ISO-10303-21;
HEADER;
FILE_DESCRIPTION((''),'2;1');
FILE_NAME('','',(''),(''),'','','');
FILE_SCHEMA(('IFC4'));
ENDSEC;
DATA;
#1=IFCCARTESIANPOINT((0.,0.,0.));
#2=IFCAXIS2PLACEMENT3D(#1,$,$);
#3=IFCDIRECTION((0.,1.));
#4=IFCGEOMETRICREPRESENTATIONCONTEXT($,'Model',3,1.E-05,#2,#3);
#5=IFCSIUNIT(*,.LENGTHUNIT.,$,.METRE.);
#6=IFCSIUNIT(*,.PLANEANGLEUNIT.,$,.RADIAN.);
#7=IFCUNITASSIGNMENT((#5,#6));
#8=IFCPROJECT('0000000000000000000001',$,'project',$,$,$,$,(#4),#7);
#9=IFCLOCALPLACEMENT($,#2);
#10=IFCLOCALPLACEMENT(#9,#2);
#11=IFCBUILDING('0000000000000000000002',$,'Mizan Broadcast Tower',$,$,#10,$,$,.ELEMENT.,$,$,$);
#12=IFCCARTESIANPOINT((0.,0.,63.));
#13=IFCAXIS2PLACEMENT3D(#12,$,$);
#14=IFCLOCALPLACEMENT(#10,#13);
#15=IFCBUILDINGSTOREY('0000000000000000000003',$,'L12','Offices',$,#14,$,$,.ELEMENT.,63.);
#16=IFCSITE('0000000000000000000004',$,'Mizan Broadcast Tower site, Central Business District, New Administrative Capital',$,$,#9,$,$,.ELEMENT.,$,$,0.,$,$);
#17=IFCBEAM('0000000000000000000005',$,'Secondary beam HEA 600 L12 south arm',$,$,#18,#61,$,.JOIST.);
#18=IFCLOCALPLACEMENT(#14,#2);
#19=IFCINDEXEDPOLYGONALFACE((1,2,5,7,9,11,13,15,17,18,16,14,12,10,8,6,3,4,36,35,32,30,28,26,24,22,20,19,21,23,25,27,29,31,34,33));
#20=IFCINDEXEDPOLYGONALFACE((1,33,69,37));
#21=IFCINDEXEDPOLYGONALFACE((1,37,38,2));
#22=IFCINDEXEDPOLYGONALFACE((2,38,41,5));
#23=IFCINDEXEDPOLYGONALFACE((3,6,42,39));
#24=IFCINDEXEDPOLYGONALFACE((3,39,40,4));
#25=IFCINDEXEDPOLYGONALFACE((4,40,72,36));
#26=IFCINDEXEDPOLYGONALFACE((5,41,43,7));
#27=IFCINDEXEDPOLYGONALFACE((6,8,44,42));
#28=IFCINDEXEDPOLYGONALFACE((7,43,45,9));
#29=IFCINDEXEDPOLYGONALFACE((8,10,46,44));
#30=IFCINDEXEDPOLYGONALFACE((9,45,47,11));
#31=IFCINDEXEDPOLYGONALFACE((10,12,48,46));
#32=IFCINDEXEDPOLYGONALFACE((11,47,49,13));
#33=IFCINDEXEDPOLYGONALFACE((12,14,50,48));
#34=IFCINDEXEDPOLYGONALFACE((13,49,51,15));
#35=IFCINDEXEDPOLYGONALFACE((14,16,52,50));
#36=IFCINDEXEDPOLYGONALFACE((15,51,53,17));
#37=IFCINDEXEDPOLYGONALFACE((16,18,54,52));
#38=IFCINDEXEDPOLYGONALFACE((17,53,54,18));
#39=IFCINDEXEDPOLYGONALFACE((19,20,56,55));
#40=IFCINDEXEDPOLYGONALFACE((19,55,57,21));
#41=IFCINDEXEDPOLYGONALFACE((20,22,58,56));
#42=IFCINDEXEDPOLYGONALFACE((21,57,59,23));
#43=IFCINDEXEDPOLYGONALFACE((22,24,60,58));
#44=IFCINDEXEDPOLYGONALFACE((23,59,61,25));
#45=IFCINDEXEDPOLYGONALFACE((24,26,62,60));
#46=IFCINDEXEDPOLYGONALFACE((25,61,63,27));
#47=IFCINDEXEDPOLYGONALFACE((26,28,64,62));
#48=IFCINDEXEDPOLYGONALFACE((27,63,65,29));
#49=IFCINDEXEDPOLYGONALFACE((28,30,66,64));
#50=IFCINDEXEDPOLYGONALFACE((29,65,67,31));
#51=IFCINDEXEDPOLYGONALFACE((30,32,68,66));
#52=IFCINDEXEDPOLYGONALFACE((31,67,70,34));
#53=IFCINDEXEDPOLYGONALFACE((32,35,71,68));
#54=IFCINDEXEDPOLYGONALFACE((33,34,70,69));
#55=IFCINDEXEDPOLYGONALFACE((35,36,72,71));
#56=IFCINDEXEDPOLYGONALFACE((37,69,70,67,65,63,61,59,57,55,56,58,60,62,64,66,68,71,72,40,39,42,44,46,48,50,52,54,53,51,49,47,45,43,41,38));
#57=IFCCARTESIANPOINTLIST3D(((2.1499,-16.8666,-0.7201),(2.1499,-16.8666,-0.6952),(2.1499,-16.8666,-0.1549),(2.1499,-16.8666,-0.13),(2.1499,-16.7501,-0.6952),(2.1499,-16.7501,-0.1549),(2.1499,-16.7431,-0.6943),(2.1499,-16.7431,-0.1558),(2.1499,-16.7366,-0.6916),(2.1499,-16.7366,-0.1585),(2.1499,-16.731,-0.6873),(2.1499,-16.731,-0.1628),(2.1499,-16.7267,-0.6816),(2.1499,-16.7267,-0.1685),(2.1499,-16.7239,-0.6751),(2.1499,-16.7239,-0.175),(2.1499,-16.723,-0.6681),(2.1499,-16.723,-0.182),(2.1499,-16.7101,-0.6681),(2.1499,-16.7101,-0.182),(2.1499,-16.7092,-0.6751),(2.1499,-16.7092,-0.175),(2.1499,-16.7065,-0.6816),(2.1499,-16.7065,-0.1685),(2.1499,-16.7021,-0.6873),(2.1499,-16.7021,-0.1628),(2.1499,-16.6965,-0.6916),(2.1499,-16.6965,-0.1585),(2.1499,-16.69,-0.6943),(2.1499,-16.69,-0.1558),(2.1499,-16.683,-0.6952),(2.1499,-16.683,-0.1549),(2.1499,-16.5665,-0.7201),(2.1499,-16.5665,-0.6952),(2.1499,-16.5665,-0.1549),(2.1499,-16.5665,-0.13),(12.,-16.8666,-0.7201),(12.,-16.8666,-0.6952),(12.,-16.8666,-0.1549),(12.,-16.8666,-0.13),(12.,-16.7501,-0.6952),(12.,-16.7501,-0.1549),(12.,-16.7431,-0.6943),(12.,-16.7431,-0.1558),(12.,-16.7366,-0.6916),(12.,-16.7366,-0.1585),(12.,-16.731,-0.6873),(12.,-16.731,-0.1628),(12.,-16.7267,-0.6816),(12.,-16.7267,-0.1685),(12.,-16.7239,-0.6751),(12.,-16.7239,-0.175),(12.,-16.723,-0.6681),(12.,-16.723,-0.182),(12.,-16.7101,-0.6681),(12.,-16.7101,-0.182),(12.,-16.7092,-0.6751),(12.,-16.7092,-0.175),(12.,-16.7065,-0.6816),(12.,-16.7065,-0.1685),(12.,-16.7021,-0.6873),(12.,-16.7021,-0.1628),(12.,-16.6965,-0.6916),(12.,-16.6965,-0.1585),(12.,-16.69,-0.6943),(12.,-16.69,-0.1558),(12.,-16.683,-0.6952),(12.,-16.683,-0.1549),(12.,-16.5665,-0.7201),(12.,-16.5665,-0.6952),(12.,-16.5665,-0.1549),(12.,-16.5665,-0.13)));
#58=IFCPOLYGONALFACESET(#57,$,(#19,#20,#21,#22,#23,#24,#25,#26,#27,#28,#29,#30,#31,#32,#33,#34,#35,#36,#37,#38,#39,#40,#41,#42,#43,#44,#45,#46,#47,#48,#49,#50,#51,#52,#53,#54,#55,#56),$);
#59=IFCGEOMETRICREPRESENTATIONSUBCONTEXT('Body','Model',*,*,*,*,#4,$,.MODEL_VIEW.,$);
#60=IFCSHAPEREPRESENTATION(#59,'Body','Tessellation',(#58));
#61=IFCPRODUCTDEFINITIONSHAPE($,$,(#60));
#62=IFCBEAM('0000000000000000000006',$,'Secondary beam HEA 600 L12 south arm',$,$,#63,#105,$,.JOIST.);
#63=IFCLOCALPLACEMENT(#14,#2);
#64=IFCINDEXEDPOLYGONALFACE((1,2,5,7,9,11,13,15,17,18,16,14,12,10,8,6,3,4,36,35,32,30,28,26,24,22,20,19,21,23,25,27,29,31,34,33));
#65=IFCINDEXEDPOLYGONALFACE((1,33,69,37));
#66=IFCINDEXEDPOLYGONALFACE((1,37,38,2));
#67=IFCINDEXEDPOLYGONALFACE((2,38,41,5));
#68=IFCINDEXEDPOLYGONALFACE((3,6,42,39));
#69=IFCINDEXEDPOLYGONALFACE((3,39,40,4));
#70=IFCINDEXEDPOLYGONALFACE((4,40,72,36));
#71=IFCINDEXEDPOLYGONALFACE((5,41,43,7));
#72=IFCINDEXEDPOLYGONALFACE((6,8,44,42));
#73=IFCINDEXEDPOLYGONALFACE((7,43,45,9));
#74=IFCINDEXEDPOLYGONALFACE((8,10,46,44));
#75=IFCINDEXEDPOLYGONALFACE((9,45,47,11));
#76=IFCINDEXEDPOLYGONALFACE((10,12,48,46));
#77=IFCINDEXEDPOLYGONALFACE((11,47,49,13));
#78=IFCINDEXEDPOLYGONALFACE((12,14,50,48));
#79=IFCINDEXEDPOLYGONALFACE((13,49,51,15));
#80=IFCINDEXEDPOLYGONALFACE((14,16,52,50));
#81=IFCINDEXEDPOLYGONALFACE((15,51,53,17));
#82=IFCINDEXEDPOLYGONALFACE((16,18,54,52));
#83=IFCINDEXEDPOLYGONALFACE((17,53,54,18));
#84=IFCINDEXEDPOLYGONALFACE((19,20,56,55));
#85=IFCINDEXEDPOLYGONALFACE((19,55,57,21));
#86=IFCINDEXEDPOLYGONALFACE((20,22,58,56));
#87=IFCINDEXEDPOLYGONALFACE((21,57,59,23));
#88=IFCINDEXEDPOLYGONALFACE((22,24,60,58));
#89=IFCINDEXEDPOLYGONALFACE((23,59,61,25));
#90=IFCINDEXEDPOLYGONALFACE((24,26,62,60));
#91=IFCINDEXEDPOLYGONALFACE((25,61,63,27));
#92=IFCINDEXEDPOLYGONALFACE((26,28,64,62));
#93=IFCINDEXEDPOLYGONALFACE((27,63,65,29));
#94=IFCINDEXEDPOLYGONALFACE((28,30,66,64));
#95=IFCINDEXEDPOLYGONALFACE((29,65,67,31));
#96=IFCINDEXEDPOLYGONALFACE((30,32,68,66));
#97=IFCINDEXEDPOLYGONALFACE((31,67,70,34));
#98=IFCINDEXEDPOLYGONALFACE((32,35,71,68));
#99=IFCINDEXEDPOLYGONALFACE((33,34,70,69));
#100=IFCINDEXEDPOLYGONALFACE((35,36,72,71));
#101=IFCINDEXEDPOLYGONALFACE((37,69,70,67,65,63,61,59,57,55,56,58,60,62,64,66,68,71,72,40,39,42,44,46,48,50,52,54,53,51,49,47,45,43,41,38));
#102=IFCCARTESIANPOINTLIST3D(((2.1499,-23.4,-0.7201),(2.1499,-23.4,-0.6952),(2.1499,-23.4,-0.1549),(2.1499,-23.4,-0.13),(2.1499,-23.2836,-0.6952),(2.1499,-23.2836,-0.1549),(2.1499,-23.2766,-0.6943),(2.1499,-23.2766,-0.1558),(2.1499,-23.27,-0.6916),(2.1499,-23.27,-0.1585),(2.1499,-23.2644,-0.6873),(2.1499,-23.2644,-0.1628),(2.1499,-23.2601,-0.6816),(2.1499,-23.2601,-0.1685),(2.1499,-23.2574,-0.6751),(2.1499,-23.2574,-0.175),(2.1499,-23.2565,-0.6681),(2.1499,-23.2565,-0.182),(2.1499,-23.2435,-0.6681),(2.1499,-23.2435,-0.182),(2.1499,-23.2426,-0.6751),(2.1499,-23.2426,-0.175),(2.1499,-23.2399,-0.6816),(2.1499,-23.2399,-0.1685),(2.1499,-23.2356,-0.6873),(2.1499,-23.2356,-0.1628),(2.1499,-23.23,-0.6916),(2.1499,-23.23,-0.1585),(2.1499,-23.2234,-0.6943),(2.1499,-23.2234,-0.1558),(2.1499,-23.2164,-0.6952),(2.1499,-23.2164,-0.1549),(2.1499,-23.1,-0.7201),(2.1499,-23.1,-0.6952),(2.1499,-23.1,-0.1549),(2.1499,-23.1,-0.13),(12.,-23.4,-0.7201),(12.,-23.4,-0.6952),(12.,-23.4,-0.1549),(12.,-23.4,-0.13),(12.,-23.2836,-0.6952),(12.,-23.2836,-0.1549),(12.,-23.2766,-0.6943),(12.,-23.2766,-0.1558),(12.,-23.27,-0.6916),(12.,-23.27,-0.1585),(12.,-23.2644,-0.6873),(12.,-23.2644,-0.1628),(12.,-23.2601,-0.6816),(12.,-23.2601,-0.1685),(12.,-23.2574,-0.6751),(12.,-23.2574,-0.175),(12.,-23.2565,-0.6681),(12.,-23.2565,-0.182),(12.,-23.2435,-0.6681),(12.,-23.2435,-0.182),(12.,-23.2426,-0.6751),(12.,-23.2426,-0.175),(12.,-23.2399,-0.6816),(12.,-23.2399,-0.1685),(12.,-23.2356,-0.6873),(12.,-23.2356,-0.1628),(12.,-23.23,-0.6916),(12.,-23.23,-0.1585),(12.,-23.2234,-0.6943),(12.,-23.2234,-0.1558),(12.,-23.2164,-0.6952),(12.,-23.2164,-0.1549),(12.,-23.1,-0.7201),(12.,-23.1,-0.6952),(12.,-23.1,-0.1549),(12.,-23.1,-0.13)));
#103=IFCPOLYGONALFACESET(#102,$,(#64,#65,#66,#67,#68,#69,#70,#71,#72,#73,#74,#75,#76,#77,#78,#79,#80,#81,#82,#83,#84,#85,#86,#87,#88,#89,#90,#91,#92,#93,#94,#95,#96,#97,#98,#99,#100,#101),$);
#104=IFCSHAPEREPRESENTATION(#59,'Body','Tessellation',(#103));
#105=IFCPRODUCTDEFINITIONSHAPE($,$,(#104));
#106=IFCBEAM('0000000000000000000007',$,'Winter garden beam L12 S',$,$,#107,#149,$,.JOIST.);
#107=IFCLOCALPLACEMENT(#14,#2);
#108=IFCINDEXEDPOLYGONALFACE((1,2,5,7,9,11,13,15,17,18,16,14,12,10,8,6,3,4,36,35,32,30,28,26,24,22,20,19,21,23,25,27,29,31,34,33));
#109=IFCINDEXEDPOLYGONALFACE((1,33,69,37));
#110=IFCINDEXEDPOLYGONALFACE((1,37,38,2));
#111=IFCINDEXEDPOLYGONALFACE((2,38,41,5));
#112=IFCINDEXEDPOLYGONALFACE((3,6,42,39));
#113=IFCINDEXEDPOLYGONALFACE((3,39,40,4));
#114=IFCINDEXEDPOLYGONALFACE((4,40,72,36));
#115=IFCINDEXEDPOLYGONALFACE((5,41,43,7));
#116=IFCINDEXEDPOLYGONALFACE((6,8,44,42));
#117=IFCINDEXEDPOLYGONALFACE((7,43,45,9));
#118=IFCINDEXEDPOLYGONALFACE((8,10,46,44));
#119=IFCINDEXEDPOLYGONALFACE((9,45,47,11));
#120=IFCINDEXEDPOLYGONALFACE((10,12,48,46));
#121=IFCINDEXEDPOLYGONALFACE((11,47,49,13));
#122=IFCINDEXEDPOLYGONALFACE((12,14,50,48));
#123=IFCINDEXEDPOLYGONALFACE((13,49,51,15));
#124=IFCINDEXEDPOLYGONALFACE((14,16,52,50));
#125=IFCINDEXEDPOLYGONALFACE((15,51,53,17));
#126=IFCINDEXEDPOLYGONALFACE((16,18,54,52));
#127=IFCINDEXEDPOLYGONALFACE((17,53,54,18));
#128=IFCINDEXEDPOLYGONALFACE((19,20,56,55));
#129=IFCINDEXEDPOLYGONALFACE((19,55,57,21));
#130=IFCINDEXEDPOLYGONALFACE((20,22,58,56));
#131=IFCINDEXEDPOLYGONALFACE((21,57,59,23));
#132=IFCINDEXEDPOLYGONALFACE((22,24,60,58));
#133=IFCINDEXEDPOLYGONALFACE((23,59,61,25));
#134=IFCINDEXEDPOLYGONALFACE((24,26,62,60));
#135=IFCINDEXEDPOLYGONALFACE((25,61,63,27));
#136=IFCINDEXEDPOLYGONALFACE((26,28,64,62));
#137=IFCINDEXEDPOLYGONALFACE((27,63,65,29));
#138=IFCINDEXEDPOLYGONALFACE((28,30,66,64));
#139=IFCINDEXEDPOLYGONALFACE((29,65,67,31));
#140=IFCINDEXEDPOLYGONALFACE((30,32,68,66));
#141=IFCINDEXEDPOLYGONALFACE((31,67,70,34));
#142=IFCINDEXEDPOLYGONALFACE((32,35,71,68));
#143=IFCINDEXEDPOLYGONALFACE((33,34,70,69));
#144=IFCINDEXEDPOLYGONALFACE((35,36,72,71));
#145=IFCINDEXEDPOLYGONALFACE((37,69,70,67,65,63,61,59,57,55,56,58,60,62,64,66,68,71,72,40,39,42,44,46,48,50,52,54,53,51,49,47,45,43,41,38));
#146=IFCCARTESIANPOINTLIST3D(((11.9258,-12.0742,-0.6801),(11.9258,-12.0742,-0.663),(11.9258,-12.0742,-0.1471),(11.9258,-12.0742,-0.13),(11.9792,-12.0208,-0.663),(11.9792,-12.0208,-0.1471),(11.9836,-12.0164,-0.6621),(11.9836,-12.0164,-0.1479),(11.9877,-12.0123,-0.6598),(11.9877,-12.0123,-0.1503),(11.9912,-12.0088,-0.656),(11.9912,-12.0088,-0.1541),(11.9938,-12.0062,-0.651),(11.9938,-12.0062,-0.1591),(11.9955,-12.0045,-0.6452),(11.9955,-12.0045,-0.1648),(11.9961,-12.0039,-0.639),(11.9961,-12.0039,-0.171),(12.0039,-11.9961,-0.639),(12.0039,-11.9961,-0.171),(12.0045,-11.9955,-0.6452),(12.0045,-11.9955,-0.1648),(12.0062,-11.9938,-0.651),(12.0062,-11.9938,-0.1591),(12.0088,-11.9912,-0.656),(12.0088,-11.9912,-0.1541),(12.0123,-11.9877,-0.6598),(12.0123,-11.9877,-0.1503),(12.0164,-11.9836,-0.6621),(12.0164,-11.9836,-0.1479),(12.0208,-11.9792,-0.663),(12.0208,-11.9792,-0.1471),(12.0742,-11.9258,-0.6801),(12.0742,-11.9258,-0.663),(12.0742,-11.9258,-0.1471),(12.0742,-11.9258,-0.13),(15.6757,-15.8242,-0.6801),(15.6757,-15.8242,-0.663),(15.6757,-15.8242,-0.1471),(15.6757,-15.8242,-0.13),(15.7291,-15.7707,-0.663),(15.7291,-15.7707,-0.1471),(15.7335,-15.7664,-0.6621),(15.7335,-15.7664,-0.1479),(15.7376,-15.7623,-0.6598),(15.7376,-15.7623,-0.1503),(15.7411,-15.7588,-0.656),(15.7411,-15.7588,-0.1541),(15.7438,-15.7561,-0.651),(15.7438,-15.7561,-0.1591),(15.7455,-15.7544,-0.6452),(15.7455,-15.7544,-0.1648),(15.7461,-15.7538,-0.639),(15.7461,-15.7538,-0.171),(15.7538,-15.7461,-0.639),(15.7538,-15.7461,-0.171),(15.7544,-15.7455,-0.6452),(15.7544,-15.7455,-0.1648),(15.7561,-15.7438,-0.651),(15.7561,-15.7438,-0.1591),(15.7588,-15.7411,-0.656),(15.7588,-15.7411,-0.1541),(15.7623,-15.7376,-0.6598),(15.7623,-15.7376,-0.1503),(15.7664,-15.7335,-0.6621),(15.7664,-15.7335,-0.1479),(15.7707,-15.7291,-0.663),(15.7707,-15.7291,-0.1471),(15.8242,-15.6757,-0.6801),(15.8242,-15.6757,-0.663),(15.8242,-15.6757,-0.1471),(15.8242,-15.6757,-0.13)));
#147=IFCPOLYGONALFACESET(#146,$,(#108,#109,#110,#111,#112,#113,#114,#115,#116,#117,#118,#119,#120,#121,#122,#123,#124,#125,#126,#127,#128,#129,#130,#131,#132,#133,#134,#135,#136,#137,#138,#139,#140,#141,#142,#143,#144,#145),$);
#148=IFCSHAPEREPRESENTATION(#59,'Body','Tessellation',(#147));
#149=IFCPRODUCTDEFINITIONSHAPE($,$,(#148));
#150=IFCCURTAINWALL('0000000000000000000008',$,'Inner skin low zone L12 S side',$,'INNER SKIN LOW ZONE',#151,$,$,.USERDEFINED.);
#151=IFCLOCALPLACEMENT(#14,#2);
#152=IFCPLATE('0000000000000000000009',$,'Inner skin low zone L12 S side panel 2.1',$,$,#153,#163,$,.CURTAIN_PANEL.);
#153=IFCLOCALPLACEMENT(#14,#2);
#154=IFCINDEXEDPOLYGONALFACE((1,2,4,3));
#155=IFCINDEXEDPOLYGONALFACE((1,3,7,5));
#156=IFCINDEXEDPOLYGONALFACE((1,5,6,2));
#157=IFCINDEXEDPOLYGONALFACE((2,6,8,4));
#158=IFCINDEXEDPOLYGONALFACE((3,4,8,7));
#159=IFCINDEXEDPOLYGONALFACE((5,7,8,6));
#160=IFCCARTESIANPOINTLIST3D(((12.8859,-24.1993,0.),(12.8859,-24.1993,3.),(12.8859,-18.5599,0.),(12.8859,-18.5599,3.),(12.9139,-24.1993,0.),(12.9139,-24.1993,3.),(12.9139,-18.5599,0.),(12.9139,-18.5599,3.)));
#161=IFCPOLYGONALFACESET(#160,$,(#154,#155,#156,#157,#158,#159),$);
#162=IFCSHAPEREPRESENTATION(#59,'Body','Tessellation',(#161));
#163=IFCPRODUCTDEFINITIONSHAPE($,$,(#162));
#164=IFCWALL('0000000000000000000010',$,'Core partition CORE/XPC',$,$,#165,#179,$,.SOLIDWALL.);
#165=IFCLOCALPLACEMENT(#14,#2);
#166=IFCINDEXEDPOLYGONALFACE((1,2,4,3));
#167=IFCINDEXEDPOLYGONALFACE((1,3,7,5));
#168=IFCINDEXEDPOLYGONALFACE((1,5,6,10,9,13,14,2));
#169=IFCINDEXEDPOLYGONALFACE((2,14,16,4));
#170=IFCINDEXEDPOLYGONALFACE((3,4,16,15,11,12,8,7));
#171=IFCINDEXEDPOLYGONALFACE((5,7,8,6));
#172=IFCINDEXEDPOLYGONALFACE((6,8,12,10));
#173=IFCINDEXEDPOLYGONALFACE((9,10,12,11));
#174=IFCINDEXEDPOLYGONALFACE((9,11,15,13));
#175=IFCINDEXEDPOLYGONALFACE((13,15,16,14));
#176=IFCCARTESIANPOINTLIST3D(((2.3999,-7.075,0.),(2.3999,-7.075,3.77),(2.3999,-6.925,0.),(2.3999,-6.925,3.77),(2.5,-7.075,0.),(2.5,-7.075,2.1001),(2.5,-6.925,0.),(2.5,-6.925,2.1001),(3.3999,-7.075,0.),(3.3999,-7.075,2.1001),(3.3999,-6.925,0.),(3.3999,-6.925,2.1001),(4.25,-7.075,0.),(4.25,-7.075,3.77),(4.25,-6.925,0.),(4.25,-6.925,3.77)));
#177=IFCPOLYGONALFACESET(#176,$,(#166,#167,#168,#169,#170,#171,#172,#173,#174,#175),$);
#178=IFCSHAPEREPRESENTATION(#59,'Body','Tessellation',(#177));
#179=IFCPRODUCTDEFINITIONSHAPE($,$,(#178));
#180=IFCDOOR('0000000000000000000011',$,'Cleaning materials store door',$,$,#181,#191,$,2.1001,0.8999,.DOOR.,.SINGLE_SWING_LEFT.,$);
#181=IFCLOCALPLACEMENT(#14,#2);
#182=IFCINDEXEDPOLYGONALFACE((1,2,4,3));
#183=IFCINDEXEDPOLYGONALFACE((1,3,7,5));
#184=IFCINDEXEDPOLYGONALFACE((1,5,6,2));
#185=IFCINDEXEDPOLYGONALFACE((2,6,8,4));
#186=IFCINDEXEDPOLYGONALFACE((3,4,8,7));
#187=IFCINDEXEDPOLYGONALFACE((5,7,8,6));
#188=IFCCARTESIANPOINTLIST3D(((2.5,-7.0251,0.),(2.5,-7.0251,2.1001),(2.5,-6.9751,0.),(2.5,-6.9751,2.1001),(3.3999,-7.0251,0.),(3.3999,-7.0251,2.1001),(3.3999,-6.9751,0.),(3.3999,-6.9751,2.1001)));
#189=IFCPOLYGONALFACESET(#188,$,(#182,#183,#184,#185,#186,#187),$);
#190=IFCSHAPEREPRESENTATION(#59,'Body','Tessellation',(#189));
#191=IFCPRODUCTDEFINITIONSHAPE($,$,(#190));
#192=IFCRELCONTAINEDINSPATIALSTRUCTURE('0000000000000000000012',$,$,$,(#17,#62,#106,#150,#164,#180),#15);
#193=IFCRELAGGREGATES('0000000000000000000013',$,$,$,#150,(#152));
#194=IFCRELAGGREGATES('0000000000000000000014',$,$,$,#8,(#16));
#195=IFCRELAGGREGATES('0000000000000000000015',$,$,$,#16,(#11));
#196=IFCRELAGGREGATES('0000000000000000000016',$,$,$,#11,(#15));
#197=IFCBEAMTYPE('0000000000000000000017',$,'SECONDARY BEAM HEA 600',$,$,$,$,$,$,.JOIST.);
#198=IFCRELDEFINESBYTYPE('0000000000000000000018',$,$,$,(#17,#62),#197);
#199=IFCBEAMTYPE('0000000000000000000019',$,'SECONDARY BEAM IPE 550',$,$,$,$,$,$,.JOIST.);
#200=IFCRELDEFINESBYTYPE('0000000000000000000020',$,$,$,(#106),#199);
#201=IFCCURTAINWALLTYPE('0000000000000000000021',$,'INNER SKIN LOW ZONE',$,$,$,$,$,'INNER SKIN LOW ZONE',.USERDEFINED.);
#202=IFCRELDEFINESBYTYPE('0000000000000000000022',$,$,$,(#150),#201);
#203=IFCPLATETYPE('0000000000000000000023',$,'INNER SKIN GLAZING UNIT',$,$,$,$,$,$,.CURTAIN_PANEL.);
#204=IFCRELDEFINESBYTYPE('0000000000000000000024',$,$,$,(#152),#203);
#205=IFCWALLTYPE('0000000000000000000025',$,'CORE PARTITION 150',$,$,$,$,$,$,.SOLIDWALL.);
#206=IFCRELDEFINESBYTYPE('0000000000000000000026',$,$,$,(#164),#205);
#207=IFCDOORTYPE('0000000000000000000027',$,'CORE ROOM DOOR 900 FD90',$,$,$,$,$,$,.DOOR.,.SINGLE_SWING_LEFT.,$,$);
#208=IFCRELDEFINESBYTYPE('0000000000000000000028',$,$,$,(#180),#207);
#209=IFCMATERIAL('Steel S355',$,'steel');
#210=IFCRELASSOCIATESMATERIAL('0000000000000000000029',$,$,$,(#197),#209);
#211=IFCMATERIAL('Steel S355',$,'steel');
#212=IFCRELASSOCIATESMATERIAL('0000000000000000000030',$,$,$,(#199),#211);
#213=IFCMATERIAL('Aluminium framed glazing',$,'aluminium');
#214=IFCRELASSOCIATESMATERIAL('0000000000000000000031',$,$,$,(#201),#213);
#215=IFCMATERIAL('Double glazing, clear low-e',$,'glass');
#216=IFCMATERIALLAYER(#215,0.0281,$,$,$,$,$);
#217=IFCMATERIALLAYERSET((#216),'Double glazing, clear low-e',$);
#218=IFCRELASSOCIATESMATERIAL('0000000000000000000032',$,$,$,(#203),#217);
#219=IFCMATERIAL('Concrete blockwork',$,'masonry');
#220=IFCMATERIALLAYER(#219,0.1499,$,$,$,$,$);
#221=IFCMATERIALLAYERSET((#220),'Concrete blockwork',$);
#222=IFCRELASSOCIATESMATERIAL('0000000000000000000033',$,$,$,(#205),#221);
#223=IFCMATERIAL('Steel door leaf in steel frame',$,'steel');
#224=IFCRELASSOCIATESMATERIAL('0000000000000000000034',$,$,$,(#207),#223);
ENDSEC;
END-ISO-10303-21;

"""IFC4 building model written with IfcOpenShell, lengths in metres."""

from ifc_helpers import new_model, si_unit, direction, frame, frame_2d, origin, origin_2d, place, context, subcontext, project, spatial, rectangle, i_section, extrude, material, layer, layer_set, material_profile, profile_set, type_object, element, fill, aggregate, save


model = new_model("IFC4")

# Units and contexts
model_context = context("Model", 3, precision=1e-05, world=origin(), true_north=direction((0.0, 1.0)))
body_context = subcontext(model_context, "Body", "Model", "MODEL_VIEW")
ifc_project = project(units=[si_unit("LENGTHUNIT", "METRE"), si_unit("PLANEANGLEUNIT", "RADIAN")], contexts=[model_context])

# Site, building, storey
site_placement = place(None, origin())
site = spatial("IfcSite", under=ifc_project, at=site_placement, Name="Mizan Broadcast Tower site, Central Business District, New Administrative Capital", CompositionType="ELEMENT", RefElevation=0.0)
building_placement = place(site_placement, origin())
building = spatial("IfcBuilding", under=site, at=building_placement, Name="Mizan Broadcast Tower", CompositionType="ELEMENT")
storey_placement = place(building_placement, frame((0.0, 0.0, 63.0)))
storey = spatial("IfcBuildingStorey", under=building, at=storey_placement, Name="L12", Description="Offices", CompositionType="ELEMENT", Elevation=63.0)

# Beams
ifc_material_1 = material(Name="Steel S355", Category="steel")
ifc_material_profile_1 = material_profile(ifc_material_1, i_section(OverallWidth=0.3, OverallDepth=0.5901, WebThickness=0.0129, FlangeThickness=0.0249, FilletRadius=0.0271, at=origin_2d()), Name="HEA 600")
ifc_profile_set_1 = profile_set([ifc_material_profile_1], Name="Steel S355")
beam_type_1 = type_object("IfcBeamType", Name="SECONDARY BEAM HEA 600", PredefinedType="JOIST", material=ifc_profile_set_1)
for number, where, z_axis, x_axis, name in (
    (1, (12.0, -16.7166, -0.425), (-1.0, 0.0, 0.0), (0.0, -1.0, 0.0), "Secondary beam HEA 600 L12 south arm"),
    (2, (12.0, -23.25, -0.425), (-1.0, 0.0, 0.0), (0.0, -1.0, 0.0), "Secondary beam HEA 600 L12 south arm"),
):
    element("IfcBeam", number, at=place(storey_placement, frame(where, z_axis=z_axis, x_axis=x_axis)), inside=storey, type_object=beam_type_1, Name=name, PredefinedType="JOIST", context=body_context, shape_type="SweptSolid", body=[
        extrude(i_section(OverallWidth=0.3, OverallDepth=0.5901, WebThickness=0.0129, FlangeThickness=0.0249, FilletRadius=0.0271, at=origin_2d()), origin(), (0.0, 0.0, 1.0), 9.8501),
    ])
ifc_material_2 = material(Name="Steel S355", Category="steel")
ifc_material_profile_2 = material_profile(ifc_material_2, i_section(OverallWidth=0.21, OverallDepth=0.55, WebThickness=0.011, FlangeThickness=0.0171, FilletRadius=0.0239, at=origin_2d()), Name="IPE 550")
ifc_profile_set_2 = profile_set([ifc_material_profile_2], Name="Steel S355")
beam_type_2 = type_object("IfcBeamType", Name="SECONDARY BEAM IPE 550", PredefinedType="JOIST", material=ifc_profile_set_2)
beam_1_placement = place(storey_placement, frame((12.0, -12.0, -0.405), z_axis=(0.707107, -0.707107, 0.0), x_axis=(0.707107, 0.707107, 0.0)))
element("IfcBeam", 3, at=beam_1_placement, inside=storey, type_object=beam_type_2, Name="Winter garden beam L12 S", PredefinedType="JOIST", context=body_context, shape_type="SweptSolid", body=[
    extrude(i_section(OverallWidth=0.21, OverallDepth=0.55, WebThickness=0.011, FlangeThickness=0.0171, FilletRadius=0.0239, at=origin_2d()), origin(), (0.0, 0.0, 1.0), 5.3032),
])

# Curtain wall, plate
ifc_material_3 = material(Name="Aluminium framed glazing", Category="aluminium")
curtain_wall_type = type_object("IfcCurtainWallType", Name="INNER SKIN LOW ZONE", ElementType="INNER SKIN LOW ZONE", PredefinedType="USERDEFINED", material=ifc_material_3)
curtain_wall_placement = place(storey_placement, origin())
curtain_wall = element("IfcCurtainWall", 4, at=curtain_wall_placement, inside=storey, type_object=curtain_wall_type, Name="Inner skin low zone L12 S side", ObjectType="INNER SKIN LOW ZONE", PredefinedType="USERDEFINED")
ifc_material_4 = material(Name="Double glazing, clear low-e", Category="glass")
ifc_layer_1 = layer(ifc_material_4, 0.0281)
ifc_layer_set_1 = layer_set([ifc_layer_1], Name="Double glazing, clear low-e")
plate_type = type_object("IfcPlateType", Name="INNER SKIN GLAZING UNIT", PredefinedType="CURTAIN_PANEL", material=ifc_layer_set_1)
plate_placement = place(storey_placement, frame((12.8999, -21.3796, 0.0), z_axis=(0.0, 0.0, 1.0), x_axis=(0.0, 1.0, 0.0)))
plate = element("IfcPlate", 5, at=plate_placement, type_object=plate_type, Name="Inner skin low zone L12 S side panel 2.1", PredefinedType="CURTAIN_PANEL", context=body_context, shape_type="SweptSolid", body=[
    extrude(rectangle(XDim=5.6394, YDim=0.0281, at=origin_2d()), origin(), (0.0, 0.0, 1.0), 3.0),
])
aggregate(curtain_wall, [plate])

# Wall, opening, door
ifc_material_5 = material(Name="Concrete blockwork", Category="masonry")
ifc_layer_2 = layer(ifc_material_5, 0.1499)
ifc_layer_set_2 = layer_set([ifc_layer_2], Name="Concrete blockwork")
wall_type_1 = type_object("IfcWallType", Name="CORE PARTITION 150", PredefinedType="SOLIDWALL", material=ifc_layer_set_2)
wall_1_placement = place(storey_placement, frame((2.3999, -7.0, 0.0), z_axis=(0.0, 0.0, 1.0), x_axis=(1.0, 0.0, 0.0)))
wall_1 = element("IfcWall", 6, at=wall_1_placement, inside=storey, type_object=wall_type_1, Name="Core partition CORE/XPC", PredefinedType="SOLIDWALL", context=body_context, shape_type="SweptSolid", body=[
    extrude(rectangle(XDim=1.8501, YDim=0.1499, at=frame_2d((0.925, 0.0))), origin(), (0.0, 0.0, 1.0), 3.77),
])
opening_1_placement = place(wall_1_placement, frame((0.1001, 0.0, 0.0)))
opening_1 = element("IfcOpeningElement", 7, at=opening_1_placement, cuts=wall_1, PredefinedType="OPENING", context=body_context, shape_type="SweptSolid", body=[
    extrude(rectangle(XDim=0.8999, YDim=2.1001, at=frame_2d((0.45, 1.05))), frame((0.0, 0.085, 0.0), z_axis=(0.0, -1.0, 0.0), x_axis=(1.0, 0.0, 0.0)), (0.0, 0.0, 1.0), 0.1699),
])
ifc_material_6 = material(Name="Steel door leaf in steel frame", Category="steel")
door_type_1 = type_object("IfcDoorType", Name="CORE ROOM DOOR 900 FD90", OperationType="SINGLE_SWING_LEFT", PredefinedType="DOOR", material=ifc_material_6)
door_1_placement = place(opening_1_placement, origin())
door_1 = element("IfcDoor", 8, at=door_1_placement, inside=storey, type_object=door_type_1, Name="Cleaning materials store door", OperationType="SINGLE_SWING_LEFT", OverallHeight=2.1001, OverallWidth=0.8999, PredefinedType="DOOR", context=body_context, shape_type="SweptSolid", body=[
    extrude(rectangle(XDim=0.8999, YDim=2.1001, at=frame_2d((0.45, 1.05))), frame((0.0, 0.0249, 0.0), z_axis=(0.0, -1.0, 0.0), x_axis=(1.0, 0.0, 0.0)), (0.0, 0.0, 1.0), 0.05),
])
fill(opening_1, door_1)

save(model, "model.ifc")
